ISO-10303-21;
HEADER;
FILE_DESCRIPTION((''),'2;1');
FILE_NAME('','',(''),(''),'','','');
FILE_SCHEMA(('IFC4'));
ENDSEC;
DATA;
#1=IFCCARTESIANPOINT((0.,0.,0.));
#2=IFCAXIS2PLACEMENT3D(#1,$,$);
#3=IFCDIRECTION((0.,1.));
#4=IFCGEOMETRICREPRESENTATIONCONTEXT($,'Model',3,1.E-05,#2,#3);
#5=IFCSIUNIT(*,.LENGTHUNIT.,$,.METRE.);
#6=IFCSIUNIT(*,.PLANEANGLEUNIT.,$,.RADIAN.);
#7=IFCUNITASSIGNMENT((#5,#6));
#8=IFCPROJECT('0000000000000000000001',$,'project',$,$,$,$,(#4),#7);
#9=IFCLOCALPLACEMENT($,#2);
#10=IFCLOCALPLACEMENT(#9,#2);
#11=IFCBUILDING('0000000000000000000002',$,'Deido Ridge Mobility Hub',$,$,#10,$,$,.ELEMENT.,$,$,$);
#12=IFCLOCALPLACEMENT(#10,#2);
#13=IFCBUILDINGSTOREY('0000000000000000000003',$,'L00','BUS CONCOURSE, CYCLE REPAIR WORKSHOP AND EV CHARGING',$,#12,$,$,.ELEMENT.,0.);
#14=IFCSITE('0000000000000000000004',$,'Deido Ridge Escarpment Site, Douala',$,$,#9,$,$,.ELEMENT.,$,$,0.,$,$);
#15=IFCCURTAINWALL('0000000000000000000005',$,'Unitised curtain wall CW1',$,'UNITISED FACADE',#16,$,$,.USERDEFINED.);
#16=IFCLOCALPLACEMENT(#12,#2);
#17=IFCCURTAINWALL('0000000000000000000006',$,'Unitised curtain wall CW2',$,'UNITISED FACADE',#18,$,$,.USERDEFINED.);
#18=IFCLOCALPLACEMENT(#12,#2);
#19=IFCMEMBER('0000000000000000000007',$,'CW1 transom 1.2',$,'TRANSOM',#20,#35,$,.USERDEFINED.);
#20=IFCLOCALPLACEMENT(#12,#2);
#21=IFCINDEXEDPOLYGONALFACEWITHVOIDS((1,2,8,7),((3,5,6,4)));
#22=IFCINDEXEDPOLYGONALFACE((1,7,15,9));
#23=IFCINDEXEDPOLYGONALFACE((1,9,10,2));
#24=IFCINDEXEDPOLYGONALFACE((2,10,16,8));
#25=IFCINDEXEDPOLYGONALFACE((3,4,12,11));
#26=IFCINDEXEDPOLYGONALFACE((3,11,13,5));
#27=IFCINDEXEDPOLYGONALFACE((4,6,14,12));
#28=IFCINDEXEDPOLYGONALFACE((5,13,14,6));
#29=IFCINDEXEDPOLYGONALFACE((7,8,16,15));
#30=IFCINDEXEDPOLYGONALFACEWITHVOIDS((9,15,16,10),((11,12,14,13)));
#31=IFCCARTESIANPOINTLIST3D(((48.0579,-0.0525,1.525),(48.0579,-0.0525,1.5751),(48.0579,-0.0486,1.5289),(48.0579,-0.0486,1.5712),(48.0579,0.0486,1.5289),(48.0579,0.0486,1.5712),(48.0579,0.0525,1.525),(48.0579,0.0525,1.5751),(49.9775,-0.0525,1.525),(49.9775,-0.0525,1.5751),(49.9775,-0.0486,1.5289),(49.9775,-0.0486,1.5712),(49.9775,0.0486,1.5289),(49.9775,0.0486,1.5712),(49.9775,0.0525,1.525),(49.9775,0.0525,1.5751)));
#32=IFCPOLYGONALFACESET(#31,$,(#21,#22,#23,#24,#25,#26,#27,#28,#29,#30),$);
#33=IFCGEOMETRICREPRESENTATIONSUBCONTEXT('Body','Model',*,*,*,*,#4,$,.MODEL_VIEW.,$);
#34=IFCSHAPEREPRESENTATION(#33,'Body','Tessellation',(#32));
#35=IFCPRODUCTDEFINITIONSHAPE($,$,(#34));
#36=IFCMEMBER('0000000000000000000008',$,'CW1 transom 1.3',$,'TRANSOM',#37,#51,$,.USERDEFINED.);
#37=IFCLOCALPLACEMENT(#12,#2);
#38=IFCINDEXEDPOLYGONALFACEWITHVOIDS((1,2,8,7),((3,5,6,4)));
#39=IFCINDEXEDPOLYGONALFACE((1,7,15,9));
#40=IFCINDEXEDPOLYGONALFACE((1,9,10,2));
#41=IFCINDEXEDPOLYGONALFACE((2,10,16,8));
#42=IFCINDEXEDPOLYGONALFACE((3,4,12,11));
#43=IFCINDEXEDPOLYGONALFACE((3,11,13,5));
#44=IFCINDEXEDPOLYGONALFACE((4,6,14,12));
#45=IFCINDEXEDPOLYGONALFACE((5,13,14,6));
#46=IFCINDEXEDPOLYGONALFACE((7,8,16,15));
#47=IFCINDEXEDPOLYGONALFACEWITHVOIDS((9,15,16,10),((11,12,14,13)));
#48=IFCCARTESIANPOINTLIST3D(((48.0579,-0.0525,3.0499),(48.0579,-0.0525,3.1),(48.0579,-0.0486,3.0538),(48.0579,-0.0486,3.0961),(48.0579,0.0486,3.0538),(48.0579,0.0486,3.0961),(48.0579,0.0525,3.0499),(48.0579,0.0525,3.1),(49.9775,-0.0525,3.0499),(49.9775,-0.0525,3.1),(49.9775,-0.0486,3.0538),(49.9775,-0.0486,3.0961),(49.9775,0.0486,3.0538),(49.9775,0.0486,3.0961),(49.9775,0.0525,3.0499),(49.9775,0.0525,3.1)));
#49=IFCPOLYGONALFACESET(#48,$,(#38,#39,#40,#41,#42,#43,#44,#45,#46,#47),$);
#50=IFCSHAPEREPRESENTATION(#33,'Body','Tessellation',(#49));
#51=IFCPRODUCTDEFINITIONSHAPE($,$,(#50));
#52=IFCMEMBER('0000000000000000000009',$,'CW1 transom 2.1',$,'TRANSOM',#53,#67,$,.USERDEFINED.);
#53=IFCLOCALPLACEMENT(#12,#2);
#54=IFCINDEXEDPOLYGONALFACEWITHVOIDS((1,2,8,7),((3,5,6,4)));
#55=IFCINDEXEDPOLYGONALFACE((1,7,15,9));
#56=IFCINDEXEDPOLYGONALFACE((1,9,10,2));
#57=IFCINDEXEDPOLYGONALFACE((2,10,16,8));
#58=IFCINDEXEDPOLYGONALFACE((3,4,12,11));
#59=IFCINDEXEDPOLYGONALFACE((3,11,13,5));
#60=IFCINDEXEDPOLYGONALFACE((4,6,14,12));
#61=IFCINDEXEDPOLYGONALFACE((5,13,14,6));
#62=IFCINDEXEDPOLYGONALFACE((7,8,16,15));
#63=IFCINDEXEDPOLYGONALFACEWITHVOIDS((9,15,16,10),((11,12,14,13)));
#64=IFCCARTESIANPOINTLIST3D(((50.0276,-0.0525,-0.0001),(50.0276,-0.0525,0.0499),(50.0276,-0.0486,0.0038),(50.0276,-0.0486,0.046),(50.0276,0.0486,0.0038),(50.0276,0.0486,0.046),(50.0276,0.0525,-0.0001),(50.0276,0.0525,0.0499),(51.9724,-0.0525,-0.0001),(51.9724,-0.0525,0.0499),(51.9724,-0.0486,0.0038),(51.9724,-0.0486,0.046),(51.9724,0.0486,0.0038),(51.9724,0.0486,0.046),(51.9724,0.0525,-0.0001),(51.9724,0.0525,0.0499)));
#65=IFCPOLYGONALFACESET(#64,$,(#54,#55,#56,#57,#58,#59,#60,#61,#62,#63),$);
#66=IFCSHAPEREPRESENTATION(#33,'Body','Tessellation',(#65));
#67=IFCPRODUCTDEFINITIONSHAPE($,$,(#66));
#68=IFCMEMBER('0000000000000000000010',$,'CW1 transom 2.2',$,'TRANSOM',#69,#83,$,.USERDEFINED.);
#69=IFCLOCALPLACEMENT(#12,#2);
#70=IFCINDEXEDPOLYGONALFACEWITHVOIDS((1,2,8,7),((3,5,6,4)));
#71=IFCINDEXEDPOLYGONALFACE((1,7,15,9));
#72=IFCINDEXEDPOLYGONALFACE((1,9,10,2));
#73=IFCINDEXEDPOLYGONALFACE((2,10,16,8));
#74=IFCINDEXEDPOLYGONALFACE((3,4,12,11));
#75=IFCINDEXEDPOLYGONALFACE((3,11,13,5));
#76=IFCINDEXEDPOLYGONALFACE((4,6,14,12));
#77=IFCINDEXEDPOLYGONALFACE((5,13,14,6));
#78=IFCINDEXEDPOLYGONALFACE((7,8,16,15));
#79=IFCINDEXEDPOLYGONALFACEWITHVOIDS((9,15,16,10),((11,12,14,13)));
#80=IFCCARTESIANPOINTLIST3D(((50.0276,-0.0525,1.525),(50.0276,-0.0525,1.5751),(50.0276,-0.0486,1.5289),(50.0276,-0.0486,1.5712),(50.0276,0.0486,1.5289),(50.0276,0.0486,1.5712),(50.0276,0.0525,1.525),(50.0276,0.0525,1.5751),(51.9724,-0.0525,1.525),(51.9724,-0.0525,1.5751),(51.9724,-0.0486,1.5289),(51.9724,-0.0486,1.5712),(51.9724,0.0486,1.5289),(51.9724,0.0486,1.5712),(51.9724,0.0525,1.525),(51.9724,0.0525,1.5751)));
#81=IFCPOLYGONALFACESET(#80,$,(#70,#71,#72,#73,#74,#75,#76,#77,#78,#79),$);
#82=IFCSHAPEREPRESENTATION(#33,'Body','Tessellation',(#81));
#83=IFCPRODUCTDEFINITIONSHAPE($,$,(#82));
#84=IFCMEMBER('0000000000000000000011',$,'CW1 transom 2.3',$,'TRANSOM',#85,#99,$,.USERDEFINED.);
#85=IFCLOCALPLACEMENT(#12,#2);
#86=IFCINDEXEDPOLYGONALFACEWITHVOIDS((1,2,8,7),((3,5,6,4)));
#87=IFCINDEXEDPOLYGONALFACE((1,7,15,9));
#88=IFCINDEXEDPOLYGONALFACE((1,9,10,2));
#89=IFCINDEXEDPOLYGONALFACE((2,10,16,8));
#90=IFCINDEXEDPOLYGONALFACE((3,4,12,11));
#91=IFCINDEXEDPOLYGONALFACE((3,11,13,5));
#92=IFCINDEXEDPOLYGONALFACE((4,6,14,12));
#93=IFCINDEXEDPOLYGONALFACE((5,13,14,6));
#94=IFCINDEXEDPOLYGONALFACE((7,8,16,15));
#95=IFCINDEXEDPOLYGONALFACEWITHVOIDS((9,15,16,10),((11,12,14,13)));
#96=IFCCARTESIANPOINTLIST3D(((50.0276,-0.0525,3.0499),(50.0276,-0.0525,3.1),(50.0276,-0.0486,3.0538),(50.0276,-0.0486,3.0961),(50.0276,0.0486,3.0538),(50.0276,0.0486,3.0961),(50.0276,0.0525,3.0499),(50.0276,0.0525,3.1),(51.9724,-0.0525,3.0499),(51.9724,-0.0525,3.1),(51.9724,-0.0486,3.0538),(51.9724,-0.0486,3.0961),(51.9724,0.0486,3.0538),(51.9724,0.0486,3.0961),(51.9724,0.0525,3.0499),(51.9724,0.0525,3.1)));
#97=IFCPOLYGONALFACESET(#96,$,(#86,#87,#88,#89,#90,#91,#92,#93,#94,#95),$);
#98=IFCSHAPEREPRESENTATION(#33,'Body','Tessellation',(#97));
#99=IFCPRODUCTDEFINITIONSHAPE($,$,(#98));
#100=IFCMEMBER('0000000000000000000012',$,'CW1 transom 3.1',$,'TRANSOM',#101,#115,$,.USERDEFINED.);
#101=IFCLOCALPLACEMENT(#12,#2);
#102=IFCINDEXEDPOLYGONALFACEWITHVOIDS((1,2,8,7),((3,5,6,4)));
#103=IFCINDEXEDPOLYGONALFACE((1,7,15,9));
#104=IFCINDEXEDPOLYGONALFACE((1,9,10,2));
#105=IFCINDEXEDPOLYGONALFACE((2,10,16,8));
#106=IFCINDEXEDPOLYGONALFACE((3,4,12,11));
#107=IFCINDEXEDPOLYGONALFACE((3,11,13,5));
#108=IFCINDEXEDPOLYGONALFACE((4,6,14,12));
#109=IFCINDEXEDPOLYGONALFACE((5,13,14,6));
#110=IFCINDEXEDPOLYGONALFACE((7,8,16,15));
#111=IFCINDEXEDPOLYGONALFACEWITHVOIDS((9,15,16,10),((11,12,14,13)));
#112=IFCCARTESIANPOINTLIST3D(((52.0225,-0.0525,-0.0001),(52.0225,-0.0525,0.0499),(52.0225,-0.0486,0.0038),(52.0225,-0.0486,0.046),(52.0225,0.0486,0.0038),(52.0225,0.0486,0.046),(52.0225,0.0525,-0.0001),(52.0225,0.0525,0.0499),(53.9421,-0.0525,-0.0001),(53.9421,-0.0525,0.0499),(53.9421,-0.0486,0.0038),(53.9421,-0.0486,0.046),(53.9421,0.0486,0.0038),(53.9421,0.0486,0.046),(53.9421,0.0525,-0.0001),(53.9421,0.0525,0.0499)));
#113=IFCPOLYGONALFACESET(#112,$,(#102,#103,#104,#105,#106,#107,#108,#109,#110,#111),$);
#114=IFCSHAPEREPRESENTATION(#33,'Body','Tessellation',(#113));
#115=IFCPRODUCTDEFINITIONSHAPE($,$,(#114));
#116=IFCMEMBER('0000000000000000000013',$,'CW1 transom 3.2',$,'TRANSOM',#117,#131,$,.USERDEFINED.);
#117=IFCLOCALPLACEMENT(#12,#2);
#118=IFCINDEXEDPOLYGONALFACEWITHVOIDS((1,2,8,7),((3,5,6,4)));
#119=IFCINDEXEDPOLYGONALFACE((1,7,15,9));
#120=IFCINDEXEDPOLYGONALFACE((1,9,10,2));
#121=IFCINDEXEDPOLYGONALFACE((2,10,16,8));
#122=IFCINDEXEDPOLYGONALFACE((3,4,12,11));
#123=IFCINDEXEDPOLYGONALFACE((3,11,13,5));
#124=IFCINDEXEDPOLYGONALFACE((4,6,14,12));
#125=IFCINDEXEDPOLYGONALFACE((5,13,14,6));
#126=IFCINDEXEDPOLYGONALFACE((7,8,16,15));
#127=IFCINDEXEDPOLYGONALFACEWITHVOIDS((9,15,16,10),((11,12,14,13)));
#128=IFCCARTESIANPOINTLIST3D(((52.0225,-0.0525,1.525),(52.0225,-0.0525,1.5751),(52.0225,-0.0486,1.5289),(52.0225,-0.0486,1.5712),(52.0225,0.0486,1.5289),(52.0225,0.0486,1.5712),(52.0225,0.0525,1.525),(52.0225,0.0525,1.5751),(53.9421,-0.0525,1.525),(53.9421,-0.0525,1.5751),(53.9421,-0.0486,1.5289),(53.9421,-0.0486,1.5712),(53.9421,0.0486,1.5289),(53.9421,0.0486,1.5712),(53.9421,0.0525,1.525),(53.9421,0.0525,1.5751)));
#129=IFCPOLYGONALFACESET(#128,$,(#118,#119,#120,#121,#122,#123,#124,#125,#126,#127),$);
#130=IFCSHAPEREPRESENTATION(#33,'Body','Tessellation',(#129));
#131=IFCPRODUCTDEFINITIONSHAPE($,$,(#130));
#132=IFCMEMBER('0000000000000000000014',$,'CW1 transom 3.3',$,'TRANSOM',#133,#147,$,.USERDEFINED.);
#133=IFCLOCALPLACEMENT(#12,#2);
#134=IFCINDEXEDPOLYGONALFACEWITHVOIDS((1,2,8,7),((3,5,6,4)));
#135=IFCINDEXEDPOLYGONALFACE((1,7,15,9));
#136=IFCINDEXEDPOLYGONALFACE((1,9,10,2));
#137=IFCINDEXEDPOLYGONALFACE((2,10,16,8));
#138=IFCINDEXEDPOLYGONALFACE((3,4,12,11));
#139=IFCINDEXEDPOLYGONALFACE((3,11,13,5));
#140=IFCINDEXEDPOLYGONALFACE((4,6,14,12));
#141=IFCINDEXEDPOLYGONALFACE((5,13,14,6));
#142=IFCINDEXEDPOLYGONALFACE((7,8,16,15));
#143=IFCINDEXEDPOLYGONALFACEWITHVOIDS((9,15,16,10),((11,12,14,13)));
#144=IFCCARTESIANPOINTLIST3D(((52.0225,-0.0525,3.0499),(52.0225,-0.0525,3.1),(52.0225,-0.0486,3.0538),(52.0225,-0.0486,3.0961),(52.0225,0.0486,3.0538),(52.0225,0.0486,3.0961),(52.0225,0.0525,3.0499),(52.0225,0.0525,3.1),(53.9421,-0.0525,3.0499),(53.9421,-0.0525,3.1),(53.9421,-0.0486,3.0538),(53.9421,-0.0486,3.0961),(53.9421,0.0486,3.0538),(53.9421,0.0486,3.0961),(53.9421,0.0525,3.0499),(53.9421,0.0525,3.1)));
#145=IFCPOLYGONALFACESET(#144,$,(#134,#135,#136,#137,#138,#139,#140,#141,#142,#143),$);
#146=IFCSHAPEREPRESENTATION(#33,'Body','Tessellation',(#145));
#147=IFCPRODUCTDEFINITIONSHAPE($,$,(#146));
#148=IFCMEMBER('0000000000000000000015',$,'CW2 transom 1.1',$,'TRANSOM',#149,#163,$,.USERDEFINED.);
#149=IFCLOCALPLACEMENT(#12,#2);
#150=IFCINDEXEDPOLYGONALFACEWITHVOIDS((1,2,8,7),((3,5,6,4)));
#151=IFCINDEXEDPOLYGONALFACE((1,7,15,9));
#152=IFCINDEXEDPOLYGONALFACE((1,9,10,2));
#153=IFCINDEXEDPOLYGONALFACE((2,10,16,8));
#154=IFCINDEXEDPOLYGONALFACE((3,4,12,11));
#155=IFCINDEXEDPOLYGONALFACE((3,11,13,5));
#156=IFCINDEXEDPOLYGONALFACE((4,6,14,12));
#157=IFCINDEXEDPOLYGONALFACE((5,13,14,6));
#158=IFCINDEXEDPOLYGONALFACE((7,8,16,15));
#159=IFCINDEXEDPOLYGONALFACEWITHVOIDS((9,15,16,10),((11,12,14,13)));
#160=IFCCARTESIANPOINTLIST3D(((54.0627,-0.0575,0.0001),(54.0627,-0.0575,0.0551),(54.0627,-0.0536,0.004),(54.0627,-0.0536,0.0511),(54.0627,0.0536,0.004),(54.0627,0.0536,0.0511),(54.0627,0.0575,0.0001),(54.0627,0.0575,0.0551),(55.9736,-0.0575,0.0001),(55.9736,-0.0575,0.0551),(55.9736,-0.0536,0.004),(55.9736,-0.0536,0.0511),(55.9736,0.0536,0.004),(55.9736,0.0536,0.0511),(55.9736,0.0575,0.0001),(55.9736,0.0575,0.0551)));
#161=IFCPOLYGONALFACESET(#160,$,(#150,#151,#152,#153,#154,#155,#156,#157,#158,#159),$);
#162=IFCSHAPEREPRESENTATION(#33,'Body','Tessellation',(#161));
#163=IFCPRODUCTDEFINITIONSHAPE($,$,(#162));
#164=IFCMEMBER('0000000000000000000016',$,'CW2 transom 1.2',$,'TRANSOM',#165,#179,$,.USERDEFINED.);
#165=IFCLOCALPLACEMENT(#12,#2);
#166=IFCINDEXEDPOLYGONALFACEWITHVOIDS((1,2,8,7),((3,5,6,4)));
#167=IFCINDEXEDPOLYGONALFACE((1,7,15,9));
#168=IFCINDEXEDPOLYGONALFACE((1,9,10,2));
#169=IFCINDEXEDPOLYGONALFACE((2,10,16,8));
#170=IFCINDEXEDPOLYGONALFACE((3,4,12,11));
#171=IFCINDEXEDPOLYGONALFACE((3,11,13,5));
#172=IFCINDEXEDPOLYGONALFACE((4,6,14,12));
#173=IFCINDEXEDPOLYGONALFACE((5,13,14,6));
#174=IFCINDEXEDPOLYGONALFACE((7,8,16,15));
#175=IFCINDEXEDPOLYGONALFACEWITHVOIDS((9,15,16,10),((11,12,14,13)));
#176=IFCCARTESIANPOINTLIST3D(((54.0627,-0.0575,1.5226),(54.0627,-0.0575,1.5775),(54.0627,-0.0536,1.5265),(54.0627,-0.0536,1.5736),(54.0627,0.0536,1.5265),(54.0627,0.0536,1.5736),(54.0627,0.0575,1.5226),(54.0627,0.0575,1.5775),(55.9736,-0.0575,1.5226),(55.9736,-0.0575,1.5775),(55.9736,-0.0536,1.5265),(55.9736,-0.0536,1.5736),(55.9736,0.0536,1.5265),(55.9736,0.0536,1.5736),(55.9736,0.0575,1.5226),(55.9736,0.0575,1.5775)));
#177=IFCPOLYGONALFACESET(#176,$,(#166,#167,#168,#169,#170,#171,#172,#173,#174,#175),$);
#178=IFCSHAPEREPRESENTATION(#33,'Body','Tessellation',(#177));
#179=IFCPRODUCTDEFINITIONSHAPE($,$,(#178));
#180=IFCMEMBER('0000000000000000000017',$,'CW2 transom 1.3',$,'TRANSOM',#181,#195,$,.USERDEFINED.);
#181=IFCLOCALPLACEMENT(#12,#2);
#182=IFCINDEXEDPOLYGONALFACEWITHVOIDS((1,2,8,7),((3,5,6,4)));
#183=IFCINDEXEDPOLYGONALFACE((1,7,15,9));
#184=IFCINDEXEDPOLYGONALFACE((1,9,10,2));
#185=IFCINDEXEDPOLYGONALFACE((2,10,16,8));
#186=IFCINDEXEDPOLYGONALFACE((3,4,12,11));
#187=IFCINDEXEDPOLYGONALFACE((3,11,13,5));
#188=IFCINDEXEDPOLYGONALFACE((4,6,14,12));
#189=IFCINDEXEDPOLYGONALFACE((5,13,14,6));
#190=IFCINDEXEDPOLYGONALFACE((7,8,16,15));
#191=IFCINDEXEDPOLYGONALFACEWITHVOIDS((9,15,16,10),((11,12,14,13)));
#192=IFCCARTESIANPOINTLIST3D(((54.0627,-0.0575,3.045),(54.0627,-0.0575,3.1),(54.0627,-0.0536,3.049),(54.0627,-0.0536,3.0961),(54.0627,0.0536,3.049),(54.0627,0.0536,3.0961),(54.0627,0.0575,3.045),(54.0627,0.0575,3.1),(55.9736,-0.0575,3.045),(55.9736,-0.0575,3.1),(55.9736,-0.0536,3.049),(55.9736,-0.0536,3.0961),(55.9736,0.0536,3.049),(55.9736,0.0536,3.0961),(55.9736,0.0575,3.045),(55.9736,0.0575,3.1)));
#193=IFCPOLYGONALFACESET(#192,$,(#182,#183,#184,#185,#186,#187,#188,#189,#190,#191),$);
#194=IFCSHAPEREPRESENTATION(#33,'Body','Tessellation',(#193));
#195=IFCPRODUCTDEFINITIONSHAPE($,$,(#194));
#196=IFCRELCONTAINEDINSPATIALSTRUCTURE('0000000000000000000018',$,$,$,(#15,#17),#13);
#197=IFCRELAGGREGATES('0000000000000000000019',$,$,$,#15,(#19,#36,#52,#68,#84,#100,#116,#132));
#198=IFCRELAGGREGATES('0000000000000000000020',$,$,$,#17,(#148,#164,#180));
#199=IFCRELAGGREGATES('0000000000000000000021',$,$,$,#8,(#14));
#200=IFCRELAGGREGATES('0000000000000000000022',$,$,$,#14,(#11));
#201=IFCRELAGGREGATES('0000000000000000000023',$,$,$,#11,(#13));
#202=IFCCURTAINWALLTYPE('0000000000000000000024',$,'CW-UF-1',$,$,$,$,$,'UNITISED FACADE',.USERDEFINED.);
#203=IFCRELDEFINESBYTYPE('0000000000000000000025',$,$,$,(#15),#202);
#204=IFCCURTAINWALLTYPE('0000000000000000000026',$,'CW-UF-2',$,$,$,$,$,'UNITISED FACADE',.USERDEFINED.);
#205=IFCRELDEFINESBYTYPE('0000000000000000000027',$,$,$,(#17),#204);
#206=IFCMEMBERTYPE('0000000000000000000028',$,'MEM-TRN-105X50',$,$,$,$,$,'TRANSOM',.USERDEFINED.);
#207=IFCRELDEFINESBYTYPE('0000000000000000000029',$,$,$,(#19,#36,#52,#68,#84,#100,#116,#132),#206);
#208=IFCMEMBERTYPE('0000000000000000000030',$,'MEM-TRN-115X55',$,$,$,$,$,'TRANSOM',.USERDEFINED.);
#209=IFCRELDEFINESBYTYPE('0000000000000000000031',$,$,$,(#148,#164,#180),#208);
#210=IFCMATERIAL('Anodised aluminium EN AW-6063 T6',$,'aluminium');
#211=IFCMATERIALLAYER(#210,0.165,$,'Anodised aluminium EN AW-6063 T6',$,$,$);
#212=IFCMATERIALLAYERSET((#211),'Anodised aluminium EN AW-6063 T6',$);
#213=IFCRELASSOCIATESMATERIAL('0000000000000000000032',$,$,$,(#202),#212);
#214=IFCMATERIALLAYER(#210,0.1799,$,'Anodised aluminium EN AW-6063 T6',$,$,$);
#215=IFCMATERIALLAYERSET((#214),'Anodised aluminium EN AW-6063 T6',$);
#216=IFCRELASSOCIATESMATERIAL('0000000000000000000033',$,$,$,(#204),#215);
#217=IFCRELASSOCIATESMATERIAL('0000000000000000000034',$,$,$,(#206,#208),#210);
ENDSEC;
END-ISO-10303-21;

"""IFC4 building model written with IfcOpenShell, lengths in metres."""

from ifc_helpers import new_model, si_unit, direction, frame, origin, origin_2d, place, context, subcontext, project, spatial, hollow_rectangle, extrude, material, layer, layer_set, material_profile, profile_set, type_object, element, aggregate, save


model = new_model("IFC4")

# Units and contexts
model_context = context("Model", 3, precision=1e-05, world=origin(), true_north=direction((0.0, 1.0)))
body_context = subcontext(model_context, "Body", "Model", "MODEL_VIEW")
ifc_project = project(units=[si_unit("LENGTHUNIT", "METRE"), si_unit("PLANEANGLEUNIT", "RADIAN")], contexts=[model_context])

# Site, building, storey
site_placement = place(None, origin())
site = spatial("IfcSite", under=ifc_project, at=site_placement, Name="Deido Ridge Escarpment Site, Douala", CompositionType="ELEMENT", RefElevation=0.0)
building_placement = place(site_placement, origin())
building = spatial("IfcBuilding", under=site, at=building_placement, Name="Deido Ridge Mobility Hub", CompositionType="ELEMENT")
storey_placement = place(building_placement, origin())
storey = spatial("IfcBuildingStorey", under=building, at=storey_placement, Name="L00", Description="BUS CONCOURSE, CYCLE REPAIR WORKSHOP AND EV CHARGING", CompositionType="ELEMENT", Elevation=0.0)

# Curtain walls
ifc_material_1 = material(Name="Anodised aluminium EN AW-6063 T6", Category="aluminium")
ifc_layer_1 = layer(ifc_material_1, 0.165, Name="Anodised aluminium EN AW-6063 T6")
ifc_layer_set_1 = layer_set([ifc_layer_1], Name="Anodised aluminium EN AW-6063 T6")
curtain_wall_type_1 = type_object("IfcCurtainWallType", Name="CW-UF-1", ElementType="UNITISED FACADE", PredefinedType="USERDEFINED", material=ifc_layer_set_1)
curtain_wall_1_placement = place(storey_placement, origin())
curtain_wall_1 = element("IfcCurtainWall", 1, at=curtain_wall_1_placement, inside=storey, type_object=curtain_wall_type_1, Name="Unitised curtain wall CW1", ObjectType="UNITISED FACADE", PredefinedType="USERDEFINED")
ifc_layer_2 = layer(ifc_material_1, 0.1799, Name="Anodised aluminium EN AW-6063 T6")
ifc_layer_set_2 = layer_set([ifc_layer_2], Name="Anodised aluminium EN AW-6063 T6")
curtain_wall_type_2 = type_object("IfcCurtainWallType", Name="CW-UF-2", ElementType="UNITISED FACADE", PredefinedType="USERDEFINED", material=ifc_layer_set_2)
curtain_wall_2_placement = place(storey_placement, origin())
curtain_wall_2 = element("IfcCurtainWall", 2, at=curtain_wall_2_placement, inside=storey, type_object=curtain_wall_type_2, Name="Unitised curtain wall CW2", ObjectType="UNITISED FACADE", PredefinedType="USERDEFINED")

# Members
ifc_material_profile_1 = material_profile(ifc_material_1, hollow_rectangle(XDim=0.105, YDim=0.05, WallThickness=0.0039, at=origin_2d()), Name="RHS 105x50x4")
ifc_profile_set_1 = profile_set([ifc_material_profile_1], Name="Anodised aluminium EN AW-6063 T6")
member_type_1 = type_object("IfcMemberType", Name="MEM-TRN-105X50", ElementType="TRANSOM", PredefinedType="USERDEFINED", material=ifc_profile_set_1)
member_1_placement = place(storey_placement, frame((48.0579, 0.0, 1.55), z_axis=(1.0, 0.0, 0.0), x_axis=(0.0, 1.0, 0.0)))
member_1 = element("IfcMember", 3, at=member_1_placement, type_object=member_type_1, Name="CW1 transom 1.2", ObjectType="TRANSOM", PredefinedType="USERDEFINED", context=body_context, shape_type="SweptSolid", body=[
    extrude(hollow_rectangle(XDim=0.105, YDim=0.05, WallThickness=0.0039, at=origin_2d()), origin(), (0.0, 0.0, 1.0), 1.9197),
])
member_2_placement = place(storey_placement, frame((48.0579, 0.0, 3.075), z_axis=(1.0, 0.0, 0.0), x_axis=(0.0, 1.0, 0.0)))
member_2 = element("IfcMember", 4, at=member_2_placement, type_object=member_type_1, Name="CW1 transom 1.3", ObjectType="TRANSOM", PredefinedType="USERDEFINED", context=body_context, shape_type="SweptSolid", body=[
    extrude(hollow_rectangle(XDim=0.105, YDim=0.05, WallThickness=0.0039, at=origin_2d()), origin(), (0.0, 0.0, 1.0), 1.9197),
])
member_3_placement = place(storey_placement, frame((50.0276, 0.0, 0.0249), z_axis=(1.0, 0.0, 0.0), x_axis=(0.0, 1.0, 0.0)))
member_3 = element("IfcMember", 5, at=member_3_placement, type_object=member_type_1, Name="CW1 transom 2.1", ObjectType="TRANSOM", PredefinedType="USERDEFINED", context=body_context, shape_type="SweptSolid", body=[
    extrude(hollow_rectangle(XDim=0.105, YDim=0.05, WallThickness=0.0039, at=origin_2d()), origin(), (0.0, 0.0, 1.0), 1.9448),
])
member_4_placement = place(storey_placement, frame((50.0276, 0.0, 1.55), z_axis=(1.0, 0.0, 0.0), x_axis=(0.0, 1.0, 0.0)))
member_4 = element("IfcMember", 6, at=member_4_placement, type_object=member_type_1, Name="CW1 transom 2.2", ObjectType="TRANSOM", PredefinedType="USERDEFINED", context=body_context, shape_type="SweptSolid", body=[
    extrude(hollow_rectangle(XDim=0.105, YDim=0.05, WallThickness=0.0039, at=origin_2d()), origin(), (0.0, 0.0, 1.0), 1.9448),
])
member_5_placement = place(storey_placement, frame((50.0276, 0.0, 3.075), z_axis=(1.0, 0.0, 0.0), x_axis=(0.0, 1.0, 0.0)))
member_5 = element("IfcMember", 7, at=member_5_placement, type_object=member_type_1, Name="CW1 transom 2.3", ObjectType="TRANSOM", PredefinedType="USERDEFINED", context=body_context, shape_type="SweptSolid", body=[
    extrude(hollow_rectangle(XDim=0.105, YDim=0.05, WallThickness=0.0039, at=origin_2d()), origin(), (0.0, 0.0, 1.0), 1.9448),
])
member_6_placement = place(storey_placement, frame((52.0225, 0.0, 0.0249), z_axis=(1.0, 0.0, 0.0), x_axis=(0.0, 1.0, 0.0)))
member_6 = element("IfcMember", 8, at=member_6_placement, type_object=member_type_1, Name="CW1 transom 3.1", ObjectType="TRANSOM", PredefinedType="USERDEFINED", context=body_context, shape_type="SweptSolid", body=[
    extrude(hollow_rectangle(XDim=0.105, YDim=0.05, WallThickness=0.0039, at=origin_2d()), origin(), (0.0, 0.0, 1.0), 1.9197),
])
member_7_placement = place(storey_placement, frame((52.0225, 0.0, 1.55), z_axis=(1.0, 0.0, 0.0), x_axis=(0.0, 1.0, 0.0)))
member_7 = element("IfcMember", 9, at=member_7_placement, type_object=member_type_1, Name="CW1 transom 3.2", ObjectType="TRANSOM", PredefinedType="USERDEFINED", context=body_context, shape_type="SweptSolid", body=[
    extrude(hollow_rectangle(XDim=0.105, YDim=0.05, WallThickness=0.0039, at=origin_2d()), origin(), (0.0, 0.0, 1.0), 1.9197),
])
member_8_placement = place(storey_placement, frame((52.0225, 0.0, 3.075), z_axis=(1.0, 0.0, 0.0), x_axis=(0.0, 1.0, 0.0)))
member_8 = element("IfcMember", 10, at=member_8_placement, type_object=member_type_1, Name="CW1 transom 3.3", ObjectType="TRANSOM", PredefinedType="USERDEFINED", context=body_context, shape_type="SweptSolid", body=[
    extrude(hollow_rectangle(XDim=0.105, YDim=0.05, WallThickness=0.0039, at=origin_2d()), origin(), (0.0, 0.0, 1.0), 1.9197),
])
ifc_material_profile_2 = material_profile(ifc_material_1, hollow_rectangle(XDim=0.115, YDim=0.0549, WallThickness=0.0039, at=origin_2d()), Name="RHS 115x55x4")
ifc_profile_set_2 = profile_set([ifc_material_profile_2], Name="Anodised aluminium EN AW-6063 T6")
member_type_2 = type_object("IfcMemberType", Name="MEM-TRN-115X55", ElementType="TRANSOM", PredefinedType="USERDEFINED", material=ifc_profile_set_2)
member_9_placement = place(storey_placement, frame((54.0627, 0.0, 0.0276), z_axis=(1.0, 0.0, 0.0), x_axis=(0.0, 1.0, 0.0)))
member_9 = element("IfcMember", 11, at=member_9_placement, type_object=member_type_2, Name="CW2 transom 1.1", ObjectType="TRANSOM", PredefinedType="USERDEFINED", context=body_context, shape_type="SweptSolid", body=[
    extrude(hollow_rectangle(XDim=0.115, YDim=0.0549, WallThickness=0.0039, at=origin_2d()), origin(), (0.0, 0.0, 1.0), 1.9109),
])
member_10_placement = place(storey_placement, frame((54.0627, 0.0, 1.55), z_axis=(1.0, 0.0, 0.0), x_axis=(0.0, 1.0, 0.0)))
member_10 = element("IfcMember", 12, at=member_10_placement, type_object=member_type_2, Name="CW2 transom 1.2", ObjectType="TRANSOM", PredefinedType="USERDEFINED", context=body_context, shape_type="SweptSolid", body=[
    extrude(hollow_rectangle(XDim=0.115, YDim=0.0549, WallThickness=0.0039, at=origin_2d()), origin(), (0.0, 0.0, 1.0), 1.9109),
])
member_11_placement = place(storey_placement, frame((54.0627, 0.0, 3.0725), z_axis=(1.0, 0.0, 0.0), x_axis=(0.0, 1.0, 0.0)))
member_11 = element("IfcMember", 13, at=member_11_placement, type_object=member_type_2, Name="CW2 transom 1.3", ObjectType="TRANSOM", PredefinedType="USERDEFINED", context=body_context, shape_type="SweptSolid", body=[
    extrude(hollow_rectangle(XDim=0.115, YDim=0.0549, WallThickness=0.0039, at=origin_2d()), origin(), (0.0, 0.0, 1.0), 1.9109),
])

aggregate(curtain_wall_1, [member_1, member_2, member_3, member_4, member_5, member_6, member_7, member_8])
aggregate(curtain_wall_2, [member_9, member_10, member_11])

save(model, "model.ifc")
